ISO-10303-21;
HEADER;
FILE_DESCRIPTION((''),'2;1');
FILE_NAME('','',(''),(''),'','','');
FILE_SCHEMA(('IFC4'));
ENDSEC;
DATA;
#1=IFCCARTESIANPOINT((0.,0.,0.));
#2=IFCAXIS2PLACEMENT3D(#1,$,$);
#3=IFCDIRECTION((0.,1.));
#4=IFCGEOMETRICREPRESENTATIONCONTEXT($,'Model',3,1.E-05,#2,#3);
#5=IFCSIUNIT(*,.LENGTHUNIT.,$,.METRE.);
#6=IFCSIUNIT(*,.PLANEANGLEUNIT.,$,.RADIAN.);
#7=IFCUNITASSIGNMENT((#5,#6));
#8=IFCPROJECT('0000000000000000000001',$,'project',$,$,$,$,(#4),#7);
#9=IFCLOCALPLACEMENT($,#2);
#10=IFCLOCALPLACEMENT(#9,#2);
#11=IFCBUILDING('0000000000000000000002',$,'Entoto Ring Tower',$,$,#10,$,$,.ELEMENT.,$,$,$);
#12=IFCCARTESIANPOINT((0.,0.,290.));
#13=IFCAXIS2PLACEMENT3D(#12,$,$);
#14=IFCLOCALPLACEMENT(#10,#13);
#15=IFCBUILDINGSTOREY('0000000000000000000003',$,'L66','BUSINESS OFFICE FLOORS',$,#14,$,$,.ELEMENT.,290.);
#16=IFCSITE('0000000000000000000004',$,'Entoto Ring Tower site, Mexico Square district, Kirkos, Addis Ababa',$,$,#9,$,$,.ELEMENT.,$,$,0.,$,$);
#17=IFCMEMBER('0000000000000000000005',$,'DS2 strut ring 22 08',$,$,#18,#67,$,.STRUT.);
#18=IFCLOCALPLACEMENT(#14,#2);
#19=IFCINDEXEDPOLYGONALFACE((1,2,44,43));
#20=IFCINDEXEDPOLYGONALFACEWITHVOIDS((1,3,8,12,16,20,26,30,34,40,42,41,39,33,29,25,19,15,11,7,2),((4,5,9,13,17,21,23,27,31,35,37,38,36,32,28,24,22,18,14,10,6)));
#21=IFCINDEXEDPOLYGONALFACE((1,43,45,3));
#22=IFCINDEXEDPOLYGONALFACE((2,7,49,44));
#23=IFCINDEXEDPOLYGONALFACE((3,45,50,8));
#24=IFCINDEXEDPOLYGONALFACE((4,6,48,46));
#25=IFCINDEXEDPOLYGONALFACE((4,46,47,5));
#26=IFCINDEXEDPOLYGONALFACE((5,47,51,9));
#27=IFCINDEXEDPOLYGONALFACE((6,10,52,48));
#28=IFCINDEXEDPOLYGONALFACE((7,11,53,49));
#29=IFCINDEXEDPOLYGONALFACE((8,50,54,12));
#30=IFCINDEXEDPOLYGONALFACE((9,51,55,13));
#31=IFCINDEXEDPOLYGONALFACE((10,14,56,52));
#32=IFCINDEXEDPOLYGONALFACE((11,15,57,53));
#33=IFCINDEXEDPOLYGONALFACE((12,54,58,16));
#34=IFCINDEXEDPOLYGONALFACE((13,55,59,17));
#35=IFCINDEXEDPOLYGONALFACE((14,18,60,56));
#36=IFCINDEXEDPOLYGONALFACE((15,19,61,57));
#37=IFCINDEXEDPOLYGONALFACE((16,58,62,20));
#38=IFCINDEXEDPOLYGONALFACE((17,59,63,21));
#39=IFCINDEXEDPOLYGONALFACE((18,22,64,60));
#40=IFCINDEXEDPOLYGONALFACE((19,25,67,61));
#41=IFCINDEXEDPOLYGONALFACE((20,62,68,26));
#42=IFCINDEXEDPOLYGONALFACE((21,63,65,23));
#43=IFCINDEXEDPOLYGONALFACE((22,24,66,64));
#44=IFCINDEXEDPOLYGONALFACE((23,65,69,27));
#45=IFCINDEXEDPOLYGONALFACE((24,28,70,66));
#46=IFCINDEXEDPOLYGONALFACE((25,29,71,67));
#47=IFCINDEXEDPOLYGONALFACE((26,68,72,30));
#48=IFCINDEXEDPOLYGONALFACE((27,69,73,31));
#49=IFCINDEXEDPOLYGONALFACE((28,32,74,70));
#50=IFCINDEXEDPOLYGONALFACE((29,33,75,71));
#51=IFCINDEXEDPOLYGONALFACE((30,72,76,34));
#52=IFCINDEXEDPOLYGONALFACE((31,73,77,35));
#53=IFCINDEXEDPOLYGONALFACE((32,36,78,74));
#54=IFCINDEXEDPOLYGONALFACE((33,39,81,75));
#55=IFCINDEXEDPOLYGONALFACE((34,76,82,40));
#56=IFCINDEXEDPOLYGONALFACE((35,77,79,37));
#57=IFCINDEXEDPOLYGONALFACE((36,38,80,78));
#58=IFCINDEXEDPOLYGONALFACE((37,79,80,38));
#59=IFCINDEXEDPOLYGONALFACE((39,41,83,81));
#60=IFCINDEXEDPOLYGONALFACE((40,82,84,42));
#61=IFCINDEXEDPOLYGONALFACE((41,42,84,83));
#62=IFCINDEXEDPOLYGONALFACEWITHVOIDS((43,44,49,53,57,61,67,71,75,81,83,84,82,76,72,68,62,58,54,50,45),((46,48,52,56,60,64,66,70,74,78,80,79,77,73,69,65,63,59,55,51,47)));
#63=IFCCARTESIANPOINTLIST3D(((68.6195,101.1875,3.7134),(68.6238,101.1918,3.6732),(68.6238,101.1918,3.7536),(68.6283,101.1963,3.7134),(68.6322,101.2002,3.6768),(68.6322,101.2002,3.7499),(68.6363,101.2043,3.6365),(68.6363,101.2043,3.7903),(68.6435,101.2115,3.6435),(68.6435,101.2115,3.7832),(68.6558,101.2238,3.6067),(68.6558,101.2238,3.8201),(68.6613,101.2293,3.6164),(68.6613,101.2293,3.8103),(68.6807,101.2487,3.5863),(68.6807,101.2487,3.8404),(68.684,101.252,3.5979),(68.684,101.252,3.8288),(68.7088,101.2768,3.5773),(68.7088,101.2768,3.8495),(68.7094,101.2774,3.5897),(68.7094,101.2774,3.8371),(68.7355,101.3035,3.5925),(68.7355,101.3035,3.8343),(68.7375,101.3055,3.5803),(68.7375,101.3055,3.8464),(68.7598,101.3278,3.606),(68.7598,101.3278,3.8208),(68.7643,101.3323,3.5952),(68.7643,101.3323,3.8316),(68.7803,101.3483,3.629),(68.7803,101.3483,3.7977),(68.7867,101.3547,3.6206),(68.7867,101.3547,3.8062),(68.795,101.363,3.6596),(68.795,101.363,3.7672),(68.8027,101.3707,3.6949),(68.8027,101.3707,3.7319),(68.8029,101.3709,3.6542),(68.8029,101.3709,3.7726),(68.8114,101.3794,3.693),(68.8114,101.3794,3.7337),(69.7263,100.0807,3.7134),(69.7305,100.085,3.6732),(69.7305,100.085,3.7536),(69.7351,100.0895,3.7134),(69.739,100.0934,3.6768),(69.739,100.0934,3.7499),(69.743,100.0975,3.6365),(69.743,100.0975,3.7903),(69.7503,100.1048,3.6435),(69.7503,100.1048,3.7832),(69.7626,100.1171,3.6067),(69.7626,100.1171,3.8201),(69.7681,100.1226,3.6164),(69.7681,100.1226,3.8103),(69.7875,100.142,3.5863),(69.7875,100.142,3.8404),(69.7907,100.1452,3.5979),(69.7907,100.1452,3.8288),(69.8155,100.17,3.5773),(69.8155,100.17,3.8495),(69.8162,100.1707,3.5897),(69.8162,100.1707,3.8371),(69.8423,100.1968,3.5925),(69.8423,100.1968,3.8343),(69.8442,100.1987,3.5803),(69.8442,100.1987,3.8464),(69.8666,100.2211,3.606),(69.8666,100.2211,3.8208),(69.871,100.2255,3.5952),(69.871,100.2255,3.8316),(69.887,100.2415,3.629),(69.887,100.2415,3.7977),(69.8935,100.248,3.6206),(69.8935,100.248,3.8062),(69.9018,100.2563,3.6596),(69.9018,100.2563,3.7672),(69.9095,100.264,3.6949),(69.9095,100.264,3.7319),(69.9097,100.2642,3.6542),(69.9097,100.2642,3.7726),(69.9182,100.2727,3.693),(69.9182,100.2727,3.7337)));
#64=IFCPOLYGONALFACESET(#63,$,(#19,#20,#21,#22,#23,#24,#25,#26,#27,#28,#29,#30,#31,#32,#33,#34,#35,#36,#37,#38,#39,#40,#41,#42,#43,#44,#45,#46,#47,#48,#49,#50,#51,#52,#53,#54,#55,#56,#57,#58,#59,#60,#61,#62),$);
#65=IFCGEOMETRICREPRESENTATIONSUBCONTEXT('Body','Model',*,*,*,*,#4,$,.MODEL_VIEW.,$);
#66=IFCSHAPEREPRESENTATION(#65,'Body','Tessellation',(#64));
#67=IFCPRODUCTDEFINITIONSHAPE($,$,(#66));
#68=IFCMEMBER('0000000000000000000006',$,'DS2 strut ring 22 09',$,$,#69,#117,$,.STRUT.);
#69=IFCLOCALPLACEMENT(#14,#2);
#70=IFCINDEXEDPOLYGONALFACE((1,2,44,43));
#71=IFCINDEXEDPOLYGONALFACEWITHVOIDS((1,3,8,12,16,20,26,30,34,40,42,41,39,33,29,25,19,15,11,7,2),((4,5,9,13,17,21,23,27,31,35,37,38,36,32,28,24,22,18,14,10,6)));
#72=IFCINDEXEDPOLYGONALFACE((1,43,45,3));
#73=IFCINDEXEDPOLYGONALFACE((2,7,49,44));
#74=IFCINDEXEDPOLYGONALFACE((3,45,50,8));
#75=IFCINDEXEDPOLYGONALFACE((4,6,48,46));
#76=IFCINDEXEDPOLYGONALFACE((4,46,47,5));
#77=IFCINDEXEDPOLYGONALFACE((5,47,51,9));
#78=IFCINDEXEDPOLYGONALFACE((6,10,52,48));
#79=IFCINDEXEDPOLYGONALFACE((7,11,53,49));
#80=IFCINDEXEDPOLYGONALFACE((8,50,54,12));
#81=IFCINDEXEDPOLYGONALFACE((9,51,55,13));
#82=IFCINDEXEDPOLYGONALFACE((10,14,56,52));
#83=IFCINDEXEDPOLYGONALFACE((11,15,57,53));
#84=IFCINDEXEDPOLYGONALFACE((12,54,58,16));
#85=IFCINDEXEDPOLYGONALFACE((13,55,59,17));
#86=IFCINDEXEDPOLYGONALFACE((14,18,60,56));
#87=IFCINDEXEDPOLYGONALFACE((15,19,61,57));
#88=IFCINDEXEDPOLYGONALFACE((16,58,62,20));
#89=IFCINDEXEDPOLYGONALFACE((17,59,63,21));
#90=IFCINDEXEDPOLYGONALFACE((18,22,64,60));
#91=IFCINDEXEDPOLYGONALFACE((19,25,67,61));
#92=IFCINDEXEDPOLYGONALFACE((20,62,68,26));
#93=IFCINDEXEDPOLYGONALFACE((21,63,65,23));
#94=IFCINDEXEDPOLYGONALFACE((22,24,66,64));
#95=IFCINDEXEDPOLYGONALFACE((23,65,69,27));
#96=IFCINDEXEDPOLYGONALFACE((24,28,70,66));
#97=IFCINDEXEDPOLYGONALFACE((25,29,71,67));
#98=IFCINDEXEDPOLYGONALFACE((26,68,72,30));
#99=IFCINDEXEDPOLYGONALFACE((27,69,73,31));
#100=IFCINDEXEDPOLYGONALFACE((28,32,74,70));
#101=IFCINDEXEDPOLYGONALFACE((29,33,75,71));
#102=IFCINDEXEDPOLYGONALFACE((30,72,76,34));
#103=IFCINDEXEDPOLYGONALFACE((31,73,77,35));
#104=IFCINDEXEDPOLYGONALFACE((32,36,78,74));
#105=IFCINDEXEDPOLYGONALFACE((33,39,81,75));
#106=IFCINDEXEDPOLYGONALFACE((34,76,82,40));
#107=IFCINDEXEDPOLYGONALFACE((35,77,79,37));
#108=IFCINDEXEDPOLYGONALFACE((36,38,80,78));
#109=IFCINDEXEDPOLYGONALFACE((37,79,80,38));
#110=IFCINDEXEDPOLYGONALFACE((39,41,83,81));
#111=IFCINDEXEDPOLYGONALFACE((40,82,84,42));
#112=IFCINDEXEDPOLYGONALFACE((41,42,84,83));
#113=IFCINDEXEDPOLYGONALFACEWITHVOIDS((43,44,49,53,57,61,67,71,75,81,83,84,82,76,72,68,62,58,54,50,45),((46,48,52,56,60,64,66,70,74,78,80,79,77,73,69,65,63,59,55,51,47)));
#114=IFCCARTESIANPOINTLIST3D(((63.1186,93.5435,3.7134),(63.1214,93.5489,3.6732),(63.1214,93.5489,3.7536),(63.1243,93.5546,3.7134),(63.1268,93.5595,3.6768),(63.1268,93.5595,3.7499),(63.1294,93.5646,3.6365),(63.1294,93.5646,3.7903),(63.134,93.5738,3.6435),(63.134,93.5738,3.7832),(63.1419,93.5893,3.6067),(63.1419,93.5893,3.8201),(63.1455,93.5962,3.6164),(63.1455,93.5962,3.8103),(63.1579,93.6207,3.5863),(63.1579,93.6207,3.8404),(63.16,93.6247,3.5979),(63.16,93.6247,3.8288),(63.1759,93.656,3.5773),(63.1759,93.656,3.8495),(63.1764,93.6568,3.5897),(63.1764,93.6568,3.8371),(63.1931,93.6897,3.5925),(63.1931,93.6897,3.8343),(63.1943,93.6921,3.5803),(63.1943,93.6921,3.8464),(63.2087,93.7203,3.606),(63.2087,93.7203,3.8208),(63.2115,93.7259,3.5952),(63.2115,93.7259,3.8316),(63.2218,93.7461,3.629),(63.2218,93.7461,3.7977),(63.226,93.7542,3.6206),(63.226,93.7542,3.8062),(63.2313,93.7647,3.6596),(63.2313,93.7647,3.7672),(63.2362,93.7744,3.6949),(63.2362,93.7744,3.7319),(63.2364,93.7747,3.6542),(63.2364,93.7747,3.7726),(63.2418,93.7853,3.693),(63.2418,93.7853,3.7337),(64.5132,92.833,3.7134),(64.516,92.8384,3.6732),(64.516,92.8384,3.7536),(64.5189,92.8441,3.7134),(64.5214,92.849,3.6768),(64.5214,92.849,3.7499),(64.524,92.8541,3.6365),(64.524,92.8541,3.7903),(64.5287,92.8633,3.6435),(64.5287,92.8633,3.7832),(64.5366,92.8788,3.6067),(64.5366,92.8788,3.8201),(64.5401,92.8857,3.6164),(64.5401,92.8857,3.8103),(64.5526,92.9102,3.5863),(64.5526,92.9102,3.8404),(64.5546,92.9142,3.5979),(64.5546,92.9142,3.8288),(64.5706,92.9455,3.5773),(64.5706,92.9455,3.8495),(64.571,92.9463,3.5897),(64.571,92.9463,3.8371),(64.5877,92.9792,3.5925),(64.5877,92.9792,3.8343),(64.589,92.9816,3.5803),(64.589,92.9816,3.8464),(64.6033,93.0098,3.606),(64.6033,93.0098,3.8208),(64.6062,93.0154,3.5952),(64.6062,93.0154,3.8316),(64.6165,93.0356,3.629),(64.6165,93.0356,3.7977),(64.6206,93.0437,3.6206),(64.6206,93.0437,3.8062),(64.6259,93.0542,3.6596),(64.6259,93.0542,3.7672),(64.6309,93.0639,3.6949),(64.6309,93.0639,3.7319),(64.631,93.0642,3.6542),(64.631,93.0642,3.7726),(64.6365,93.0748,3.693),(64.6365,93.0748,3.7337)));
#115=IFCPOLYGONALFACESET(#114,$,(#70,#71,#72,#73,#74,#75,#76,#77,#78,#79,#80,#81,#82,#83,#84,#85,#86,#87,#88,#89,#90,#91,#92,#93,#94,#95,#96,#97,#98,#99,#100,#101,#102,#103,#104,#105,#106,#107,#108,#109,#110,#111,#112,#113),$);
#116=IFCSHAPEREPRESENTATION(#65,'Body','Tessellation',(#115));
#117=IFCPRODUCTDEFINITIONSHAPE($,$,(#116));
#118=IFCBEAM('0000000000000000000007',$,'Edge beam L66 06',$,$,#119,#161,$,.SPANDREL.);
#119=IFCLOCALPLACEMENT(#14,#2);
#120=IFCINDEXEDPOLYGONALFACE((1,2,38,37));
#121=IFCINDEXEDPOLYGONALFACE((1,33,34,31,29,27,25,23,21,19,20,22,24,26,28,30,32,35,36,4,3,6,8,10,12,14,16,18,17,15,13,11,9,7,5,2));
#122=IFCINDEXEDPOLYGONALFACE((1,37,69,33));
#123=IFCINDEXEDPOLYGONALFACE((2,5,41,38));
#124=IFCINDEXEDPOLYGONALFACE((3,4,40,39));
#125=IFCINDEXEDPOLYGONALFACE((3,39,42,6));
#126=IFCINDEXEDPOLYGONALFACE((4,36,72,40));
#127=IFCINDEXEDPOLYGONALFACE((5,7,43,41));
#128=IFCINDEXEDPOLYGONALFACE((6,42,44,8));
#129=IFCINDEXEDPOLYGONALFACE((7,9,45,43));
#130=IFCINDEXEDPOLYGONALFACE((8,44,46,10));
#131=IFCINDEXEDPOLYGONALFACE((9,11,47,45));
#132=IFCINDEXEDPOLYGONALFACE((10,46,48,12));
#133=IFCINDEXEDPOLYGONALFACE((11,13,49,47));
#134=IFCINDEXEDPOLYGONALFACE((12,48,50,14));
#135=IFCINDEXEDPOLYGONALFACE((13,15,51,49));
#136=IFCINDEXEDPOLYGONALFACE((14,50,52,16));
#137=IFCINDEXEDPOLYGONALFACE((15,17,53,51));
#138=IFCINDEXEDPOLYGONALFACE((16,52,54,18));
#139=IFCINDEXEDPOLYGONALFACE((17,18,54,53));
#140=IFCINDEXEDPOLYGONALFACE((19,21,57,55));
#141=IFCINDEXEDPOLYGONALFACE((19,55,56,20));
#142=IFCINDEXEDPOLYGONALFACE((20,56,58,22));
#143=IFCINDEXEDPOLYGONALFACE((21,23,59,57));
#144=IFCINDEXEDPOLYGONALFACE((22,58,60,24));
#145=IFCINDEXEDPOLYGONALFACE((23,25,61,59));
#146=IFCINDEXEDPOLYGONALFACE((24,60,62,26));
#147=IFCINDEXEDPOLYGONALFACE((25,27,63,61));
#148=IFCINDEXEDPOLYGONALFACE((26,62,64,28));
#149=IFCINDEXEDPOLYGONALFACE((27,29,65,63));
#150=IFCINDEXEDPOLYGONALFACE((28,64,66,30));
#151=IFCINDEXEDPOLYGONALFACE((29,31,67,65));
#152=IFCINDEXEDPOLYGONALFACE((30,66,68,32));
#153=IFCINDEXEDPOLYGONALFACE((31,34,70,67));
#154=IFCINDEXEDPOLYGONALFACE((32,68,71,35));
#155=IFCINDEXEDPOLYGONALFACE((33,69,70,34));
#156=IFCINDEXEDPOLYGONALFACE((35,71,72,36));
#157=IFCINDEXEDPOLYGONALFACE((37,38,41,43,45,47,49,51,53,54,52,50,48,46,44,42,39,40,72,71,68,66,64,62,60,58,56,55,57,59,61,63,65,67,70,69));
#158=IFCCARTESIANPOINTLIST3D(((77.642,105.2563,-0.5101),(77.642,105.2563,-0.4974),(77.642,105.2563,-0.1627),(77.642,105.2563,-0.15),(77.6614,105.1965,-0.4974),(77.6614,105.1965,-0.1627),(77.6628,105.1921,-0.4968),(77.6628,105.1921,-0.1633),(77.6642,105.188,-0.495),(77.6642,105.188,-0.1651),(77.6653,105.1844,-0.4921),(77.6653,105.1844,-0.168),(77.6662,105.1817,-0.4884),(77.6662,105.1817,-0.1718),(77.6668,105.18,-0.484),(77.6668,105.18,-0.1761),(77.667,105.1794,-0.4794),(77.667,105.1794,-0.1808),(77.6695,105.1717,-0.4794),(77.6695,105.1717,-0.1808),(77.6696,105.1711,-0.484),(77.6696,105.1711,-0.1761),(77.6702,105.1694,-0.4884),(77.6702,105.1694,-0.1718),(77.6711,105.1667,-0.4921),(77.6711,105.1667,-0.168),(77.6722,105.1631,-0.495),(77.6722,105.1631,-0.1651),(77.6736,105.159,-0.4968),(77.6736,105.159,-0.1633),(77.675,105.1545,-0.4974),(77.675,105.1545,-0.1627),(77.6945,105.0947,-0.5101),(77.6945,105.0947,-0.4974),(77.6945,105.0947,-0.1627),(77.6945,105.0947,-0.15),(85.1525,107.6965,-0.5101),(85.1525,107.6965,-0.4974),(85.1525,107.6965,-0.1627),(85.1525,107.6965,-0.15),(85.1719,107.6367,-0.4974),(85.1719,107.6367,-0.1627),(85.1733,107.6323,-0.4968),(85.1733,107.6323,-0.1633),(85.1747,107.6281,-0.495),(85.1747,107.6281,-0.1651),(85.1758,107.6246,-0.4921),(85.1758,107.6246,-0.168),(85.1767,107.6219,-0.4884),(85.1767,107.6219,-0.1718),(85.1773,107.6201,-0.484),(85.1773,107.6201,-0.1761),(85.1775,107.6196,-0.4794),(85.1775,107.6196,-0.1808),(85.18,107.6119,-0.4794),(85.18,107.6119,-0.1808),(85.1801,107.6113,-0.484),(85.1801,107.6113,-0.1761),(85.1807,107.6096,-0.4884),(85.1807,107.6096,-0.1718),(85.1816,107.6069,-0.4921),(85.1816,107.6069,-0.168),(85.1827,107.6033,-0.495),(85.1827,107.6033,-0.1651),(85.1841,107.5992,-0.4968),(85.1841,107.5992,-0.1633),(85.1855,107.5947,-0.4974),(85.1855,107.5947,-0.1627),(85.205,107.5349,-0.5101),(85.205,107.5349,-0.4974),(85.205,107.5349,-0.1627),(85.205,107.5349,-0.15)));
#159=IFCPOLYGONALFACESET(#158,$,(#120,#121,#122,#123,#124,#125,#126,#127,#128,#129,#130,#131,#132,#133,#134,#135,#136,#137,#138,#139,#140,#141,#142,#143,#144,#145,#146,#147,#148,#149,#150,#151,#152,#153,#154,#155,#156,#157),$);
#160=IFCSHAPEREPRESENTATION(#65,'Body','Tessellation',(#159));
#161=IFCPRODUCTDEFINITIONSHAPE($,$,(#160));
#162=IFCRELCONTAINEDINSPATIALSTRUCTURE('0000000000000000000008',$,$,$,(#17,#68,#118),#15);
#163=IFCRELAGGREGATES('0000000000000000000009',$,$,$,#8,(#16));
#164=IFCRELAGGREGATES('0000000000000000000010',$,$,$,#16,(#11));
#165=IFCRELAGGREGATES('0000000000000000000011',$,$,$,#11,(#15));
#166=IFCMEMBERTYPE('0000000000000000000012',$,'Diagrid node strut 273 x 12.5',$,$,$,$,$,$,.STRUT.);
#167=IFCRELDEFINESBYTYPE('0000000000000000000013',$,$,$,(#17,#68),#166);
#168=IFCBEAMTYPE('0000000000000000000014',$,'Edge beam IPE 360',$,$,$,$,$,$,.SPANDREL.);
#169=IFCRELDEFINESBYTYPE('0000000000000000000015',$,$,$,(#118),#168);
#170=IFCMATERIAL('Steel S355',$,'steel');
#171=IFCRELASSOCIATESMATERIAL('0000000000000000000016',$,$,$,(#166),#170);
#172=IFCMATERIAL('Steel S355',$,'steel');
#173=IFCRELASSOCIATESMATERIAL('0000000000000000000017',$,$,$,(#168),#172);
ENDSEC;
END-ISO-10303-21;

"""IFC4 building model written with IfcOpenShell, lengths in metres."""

from ifc_helpers import new_model, si_unit, direction, frame, origin, origin_2d, place, context, subcontext, project, spatial, circle, hollow_circle, i_section, extrude, material, material_profile, profile_set, type_object, element, save


model = new_model("IFC4")

# Units and contexts
model_context = context("Model", 3, precision=1e-05, world=origin(), true_north=direction((0.0, 1.0)))
body_context = subcontext(model_context, "Body", "Model", "MODEL_VIEW")
ifc_project = project(units=[si_unit("LENGTHUNIT", "METRE"), si_unit("PLANEANGLEUNIT", "RADIAN")], contexts=[model_context])

# Site, building, storey
site_placement = place(None, origin())
site = spatial("IfcSite", under=ifc_project, at=site_placement, Name="Entoto Ring Tower site, Mexico Square district, Kirkos, Addis Ababa", CompositionType="ELEMENT", RefElevation=0.0)
building_placement = place(site_placement, origin())
building = spatial("IfcBuilding", under=site, at=building_placement, Name="Entoto Ring Tower", CompositionType="ELEMENT")
storey_placement = place(building_placement, frame((0.0, 0.0, 290.0)))
storey = spatial("IfcBuildingStorey", under=building, at=storey_placement, Name="L66", Description="BUSINESS OFFICE FLOORS", CompositionType="ELEMENT", Elevation=290.0)

# Members
ifc_material_1 = material(Name="Steel S355", Category="steel")
ifc_material_profile_1 = material_profile(ifc_material_1, hollow_circle(Radius=0.1365, WallThickness=0.0125, at=origin_2d()), Name="CHS 273 x 12.5")
ifc_material_2 = material(Name="Concrete C60/75", Category="concrete")
ifc_material_profile_2 = material_profile(ifc_material_2, circle(Radius=0.124, at=origin_2d()), Name="Concrete C60/75 infill")
ifc_profile_set_1 = profile_set([ifc_material_profile_1, ifc_material_profile_2], Name="Steel S355")
member_type = type_object("IfcMemberType", Name="Diagrid node strut 273 x 12.5", PredefinedType="STRUT", material=ifc_profile_set_1)
for number, where, z_axis, x_axis, name in (
    (1, (69.8228, 100.1772, 3.7134), (-0.707107, 0.707107, 0.0), (-0.707107, -0.707107, 0.0), "DS2 strut ring 22 08"),
    (2, (64.5752, 92.9546, 3.7134), (-0.891032, 0.45394, 0.0), (-0.45394, -0.891032, 0.0), "DS2 strut ring 22 09"),
):
    element("IfcMember", number, at=place(storey_placement, frame(where, z_axis=z_axis, x_axis=x_axis)), inside=storey, type_object=member_type, Name=name, PredefinedType="STRUT", context=body_context, shape_type="SweptSolid", body=[
        extrude(hollow_circle(Radius=0.1365, WallThickness=0.0125, at=origin_2d()), origin(), (0.0, 0.0, 1.0), 1.5652),
    ])

# Beam
ifc_material_3 = material(Name="Steel S355", Category="steel")
ifc_material_profile_3 = material_profile(ifc_material_3, i_section(OverallWidth=0.1699, OverallDepth=0.3601, WebThickness=0.0081, FlangeThickness=0.0127, FilletRadius=0.0181, at=origin_2d()), Name="IPE 360")
ifc_profile_set_2 = profile_set([ifc_material_profile_3], Name="Steel S355")
beam_type_1 = type_object("IfcBeamType", Name="Edge beam IPE 360", PredefinedType="SPANDREL", material=ifc_profile_set_2)
beam_1_placement = place(storey_placement, frame((85.1787, 107.6157, -0.3301), z_axis=(-0.951061, -0.309003, 0.0), x_axis=(0.309003, -0.951061, 0.0)))
element("IfcBeam", 3, at=beam_1_placement, inside=storey, type_object=beam_type_1, Name="Edge beam L66 06", PredefinedType="SPANDREL", context=body_context, shape_type="SweptSolid", body=[
    extrude(i_section(OverallWidth=0.1699, OverallDepth=0.3601, WebThickness=0.0081, FlangeThickness=0.0127, FilletRadius=0.0181, at=origin_2d()), origin(), (0.0, 0.0, 1.0), 7.897),
])

save(model, "model.ifc")
